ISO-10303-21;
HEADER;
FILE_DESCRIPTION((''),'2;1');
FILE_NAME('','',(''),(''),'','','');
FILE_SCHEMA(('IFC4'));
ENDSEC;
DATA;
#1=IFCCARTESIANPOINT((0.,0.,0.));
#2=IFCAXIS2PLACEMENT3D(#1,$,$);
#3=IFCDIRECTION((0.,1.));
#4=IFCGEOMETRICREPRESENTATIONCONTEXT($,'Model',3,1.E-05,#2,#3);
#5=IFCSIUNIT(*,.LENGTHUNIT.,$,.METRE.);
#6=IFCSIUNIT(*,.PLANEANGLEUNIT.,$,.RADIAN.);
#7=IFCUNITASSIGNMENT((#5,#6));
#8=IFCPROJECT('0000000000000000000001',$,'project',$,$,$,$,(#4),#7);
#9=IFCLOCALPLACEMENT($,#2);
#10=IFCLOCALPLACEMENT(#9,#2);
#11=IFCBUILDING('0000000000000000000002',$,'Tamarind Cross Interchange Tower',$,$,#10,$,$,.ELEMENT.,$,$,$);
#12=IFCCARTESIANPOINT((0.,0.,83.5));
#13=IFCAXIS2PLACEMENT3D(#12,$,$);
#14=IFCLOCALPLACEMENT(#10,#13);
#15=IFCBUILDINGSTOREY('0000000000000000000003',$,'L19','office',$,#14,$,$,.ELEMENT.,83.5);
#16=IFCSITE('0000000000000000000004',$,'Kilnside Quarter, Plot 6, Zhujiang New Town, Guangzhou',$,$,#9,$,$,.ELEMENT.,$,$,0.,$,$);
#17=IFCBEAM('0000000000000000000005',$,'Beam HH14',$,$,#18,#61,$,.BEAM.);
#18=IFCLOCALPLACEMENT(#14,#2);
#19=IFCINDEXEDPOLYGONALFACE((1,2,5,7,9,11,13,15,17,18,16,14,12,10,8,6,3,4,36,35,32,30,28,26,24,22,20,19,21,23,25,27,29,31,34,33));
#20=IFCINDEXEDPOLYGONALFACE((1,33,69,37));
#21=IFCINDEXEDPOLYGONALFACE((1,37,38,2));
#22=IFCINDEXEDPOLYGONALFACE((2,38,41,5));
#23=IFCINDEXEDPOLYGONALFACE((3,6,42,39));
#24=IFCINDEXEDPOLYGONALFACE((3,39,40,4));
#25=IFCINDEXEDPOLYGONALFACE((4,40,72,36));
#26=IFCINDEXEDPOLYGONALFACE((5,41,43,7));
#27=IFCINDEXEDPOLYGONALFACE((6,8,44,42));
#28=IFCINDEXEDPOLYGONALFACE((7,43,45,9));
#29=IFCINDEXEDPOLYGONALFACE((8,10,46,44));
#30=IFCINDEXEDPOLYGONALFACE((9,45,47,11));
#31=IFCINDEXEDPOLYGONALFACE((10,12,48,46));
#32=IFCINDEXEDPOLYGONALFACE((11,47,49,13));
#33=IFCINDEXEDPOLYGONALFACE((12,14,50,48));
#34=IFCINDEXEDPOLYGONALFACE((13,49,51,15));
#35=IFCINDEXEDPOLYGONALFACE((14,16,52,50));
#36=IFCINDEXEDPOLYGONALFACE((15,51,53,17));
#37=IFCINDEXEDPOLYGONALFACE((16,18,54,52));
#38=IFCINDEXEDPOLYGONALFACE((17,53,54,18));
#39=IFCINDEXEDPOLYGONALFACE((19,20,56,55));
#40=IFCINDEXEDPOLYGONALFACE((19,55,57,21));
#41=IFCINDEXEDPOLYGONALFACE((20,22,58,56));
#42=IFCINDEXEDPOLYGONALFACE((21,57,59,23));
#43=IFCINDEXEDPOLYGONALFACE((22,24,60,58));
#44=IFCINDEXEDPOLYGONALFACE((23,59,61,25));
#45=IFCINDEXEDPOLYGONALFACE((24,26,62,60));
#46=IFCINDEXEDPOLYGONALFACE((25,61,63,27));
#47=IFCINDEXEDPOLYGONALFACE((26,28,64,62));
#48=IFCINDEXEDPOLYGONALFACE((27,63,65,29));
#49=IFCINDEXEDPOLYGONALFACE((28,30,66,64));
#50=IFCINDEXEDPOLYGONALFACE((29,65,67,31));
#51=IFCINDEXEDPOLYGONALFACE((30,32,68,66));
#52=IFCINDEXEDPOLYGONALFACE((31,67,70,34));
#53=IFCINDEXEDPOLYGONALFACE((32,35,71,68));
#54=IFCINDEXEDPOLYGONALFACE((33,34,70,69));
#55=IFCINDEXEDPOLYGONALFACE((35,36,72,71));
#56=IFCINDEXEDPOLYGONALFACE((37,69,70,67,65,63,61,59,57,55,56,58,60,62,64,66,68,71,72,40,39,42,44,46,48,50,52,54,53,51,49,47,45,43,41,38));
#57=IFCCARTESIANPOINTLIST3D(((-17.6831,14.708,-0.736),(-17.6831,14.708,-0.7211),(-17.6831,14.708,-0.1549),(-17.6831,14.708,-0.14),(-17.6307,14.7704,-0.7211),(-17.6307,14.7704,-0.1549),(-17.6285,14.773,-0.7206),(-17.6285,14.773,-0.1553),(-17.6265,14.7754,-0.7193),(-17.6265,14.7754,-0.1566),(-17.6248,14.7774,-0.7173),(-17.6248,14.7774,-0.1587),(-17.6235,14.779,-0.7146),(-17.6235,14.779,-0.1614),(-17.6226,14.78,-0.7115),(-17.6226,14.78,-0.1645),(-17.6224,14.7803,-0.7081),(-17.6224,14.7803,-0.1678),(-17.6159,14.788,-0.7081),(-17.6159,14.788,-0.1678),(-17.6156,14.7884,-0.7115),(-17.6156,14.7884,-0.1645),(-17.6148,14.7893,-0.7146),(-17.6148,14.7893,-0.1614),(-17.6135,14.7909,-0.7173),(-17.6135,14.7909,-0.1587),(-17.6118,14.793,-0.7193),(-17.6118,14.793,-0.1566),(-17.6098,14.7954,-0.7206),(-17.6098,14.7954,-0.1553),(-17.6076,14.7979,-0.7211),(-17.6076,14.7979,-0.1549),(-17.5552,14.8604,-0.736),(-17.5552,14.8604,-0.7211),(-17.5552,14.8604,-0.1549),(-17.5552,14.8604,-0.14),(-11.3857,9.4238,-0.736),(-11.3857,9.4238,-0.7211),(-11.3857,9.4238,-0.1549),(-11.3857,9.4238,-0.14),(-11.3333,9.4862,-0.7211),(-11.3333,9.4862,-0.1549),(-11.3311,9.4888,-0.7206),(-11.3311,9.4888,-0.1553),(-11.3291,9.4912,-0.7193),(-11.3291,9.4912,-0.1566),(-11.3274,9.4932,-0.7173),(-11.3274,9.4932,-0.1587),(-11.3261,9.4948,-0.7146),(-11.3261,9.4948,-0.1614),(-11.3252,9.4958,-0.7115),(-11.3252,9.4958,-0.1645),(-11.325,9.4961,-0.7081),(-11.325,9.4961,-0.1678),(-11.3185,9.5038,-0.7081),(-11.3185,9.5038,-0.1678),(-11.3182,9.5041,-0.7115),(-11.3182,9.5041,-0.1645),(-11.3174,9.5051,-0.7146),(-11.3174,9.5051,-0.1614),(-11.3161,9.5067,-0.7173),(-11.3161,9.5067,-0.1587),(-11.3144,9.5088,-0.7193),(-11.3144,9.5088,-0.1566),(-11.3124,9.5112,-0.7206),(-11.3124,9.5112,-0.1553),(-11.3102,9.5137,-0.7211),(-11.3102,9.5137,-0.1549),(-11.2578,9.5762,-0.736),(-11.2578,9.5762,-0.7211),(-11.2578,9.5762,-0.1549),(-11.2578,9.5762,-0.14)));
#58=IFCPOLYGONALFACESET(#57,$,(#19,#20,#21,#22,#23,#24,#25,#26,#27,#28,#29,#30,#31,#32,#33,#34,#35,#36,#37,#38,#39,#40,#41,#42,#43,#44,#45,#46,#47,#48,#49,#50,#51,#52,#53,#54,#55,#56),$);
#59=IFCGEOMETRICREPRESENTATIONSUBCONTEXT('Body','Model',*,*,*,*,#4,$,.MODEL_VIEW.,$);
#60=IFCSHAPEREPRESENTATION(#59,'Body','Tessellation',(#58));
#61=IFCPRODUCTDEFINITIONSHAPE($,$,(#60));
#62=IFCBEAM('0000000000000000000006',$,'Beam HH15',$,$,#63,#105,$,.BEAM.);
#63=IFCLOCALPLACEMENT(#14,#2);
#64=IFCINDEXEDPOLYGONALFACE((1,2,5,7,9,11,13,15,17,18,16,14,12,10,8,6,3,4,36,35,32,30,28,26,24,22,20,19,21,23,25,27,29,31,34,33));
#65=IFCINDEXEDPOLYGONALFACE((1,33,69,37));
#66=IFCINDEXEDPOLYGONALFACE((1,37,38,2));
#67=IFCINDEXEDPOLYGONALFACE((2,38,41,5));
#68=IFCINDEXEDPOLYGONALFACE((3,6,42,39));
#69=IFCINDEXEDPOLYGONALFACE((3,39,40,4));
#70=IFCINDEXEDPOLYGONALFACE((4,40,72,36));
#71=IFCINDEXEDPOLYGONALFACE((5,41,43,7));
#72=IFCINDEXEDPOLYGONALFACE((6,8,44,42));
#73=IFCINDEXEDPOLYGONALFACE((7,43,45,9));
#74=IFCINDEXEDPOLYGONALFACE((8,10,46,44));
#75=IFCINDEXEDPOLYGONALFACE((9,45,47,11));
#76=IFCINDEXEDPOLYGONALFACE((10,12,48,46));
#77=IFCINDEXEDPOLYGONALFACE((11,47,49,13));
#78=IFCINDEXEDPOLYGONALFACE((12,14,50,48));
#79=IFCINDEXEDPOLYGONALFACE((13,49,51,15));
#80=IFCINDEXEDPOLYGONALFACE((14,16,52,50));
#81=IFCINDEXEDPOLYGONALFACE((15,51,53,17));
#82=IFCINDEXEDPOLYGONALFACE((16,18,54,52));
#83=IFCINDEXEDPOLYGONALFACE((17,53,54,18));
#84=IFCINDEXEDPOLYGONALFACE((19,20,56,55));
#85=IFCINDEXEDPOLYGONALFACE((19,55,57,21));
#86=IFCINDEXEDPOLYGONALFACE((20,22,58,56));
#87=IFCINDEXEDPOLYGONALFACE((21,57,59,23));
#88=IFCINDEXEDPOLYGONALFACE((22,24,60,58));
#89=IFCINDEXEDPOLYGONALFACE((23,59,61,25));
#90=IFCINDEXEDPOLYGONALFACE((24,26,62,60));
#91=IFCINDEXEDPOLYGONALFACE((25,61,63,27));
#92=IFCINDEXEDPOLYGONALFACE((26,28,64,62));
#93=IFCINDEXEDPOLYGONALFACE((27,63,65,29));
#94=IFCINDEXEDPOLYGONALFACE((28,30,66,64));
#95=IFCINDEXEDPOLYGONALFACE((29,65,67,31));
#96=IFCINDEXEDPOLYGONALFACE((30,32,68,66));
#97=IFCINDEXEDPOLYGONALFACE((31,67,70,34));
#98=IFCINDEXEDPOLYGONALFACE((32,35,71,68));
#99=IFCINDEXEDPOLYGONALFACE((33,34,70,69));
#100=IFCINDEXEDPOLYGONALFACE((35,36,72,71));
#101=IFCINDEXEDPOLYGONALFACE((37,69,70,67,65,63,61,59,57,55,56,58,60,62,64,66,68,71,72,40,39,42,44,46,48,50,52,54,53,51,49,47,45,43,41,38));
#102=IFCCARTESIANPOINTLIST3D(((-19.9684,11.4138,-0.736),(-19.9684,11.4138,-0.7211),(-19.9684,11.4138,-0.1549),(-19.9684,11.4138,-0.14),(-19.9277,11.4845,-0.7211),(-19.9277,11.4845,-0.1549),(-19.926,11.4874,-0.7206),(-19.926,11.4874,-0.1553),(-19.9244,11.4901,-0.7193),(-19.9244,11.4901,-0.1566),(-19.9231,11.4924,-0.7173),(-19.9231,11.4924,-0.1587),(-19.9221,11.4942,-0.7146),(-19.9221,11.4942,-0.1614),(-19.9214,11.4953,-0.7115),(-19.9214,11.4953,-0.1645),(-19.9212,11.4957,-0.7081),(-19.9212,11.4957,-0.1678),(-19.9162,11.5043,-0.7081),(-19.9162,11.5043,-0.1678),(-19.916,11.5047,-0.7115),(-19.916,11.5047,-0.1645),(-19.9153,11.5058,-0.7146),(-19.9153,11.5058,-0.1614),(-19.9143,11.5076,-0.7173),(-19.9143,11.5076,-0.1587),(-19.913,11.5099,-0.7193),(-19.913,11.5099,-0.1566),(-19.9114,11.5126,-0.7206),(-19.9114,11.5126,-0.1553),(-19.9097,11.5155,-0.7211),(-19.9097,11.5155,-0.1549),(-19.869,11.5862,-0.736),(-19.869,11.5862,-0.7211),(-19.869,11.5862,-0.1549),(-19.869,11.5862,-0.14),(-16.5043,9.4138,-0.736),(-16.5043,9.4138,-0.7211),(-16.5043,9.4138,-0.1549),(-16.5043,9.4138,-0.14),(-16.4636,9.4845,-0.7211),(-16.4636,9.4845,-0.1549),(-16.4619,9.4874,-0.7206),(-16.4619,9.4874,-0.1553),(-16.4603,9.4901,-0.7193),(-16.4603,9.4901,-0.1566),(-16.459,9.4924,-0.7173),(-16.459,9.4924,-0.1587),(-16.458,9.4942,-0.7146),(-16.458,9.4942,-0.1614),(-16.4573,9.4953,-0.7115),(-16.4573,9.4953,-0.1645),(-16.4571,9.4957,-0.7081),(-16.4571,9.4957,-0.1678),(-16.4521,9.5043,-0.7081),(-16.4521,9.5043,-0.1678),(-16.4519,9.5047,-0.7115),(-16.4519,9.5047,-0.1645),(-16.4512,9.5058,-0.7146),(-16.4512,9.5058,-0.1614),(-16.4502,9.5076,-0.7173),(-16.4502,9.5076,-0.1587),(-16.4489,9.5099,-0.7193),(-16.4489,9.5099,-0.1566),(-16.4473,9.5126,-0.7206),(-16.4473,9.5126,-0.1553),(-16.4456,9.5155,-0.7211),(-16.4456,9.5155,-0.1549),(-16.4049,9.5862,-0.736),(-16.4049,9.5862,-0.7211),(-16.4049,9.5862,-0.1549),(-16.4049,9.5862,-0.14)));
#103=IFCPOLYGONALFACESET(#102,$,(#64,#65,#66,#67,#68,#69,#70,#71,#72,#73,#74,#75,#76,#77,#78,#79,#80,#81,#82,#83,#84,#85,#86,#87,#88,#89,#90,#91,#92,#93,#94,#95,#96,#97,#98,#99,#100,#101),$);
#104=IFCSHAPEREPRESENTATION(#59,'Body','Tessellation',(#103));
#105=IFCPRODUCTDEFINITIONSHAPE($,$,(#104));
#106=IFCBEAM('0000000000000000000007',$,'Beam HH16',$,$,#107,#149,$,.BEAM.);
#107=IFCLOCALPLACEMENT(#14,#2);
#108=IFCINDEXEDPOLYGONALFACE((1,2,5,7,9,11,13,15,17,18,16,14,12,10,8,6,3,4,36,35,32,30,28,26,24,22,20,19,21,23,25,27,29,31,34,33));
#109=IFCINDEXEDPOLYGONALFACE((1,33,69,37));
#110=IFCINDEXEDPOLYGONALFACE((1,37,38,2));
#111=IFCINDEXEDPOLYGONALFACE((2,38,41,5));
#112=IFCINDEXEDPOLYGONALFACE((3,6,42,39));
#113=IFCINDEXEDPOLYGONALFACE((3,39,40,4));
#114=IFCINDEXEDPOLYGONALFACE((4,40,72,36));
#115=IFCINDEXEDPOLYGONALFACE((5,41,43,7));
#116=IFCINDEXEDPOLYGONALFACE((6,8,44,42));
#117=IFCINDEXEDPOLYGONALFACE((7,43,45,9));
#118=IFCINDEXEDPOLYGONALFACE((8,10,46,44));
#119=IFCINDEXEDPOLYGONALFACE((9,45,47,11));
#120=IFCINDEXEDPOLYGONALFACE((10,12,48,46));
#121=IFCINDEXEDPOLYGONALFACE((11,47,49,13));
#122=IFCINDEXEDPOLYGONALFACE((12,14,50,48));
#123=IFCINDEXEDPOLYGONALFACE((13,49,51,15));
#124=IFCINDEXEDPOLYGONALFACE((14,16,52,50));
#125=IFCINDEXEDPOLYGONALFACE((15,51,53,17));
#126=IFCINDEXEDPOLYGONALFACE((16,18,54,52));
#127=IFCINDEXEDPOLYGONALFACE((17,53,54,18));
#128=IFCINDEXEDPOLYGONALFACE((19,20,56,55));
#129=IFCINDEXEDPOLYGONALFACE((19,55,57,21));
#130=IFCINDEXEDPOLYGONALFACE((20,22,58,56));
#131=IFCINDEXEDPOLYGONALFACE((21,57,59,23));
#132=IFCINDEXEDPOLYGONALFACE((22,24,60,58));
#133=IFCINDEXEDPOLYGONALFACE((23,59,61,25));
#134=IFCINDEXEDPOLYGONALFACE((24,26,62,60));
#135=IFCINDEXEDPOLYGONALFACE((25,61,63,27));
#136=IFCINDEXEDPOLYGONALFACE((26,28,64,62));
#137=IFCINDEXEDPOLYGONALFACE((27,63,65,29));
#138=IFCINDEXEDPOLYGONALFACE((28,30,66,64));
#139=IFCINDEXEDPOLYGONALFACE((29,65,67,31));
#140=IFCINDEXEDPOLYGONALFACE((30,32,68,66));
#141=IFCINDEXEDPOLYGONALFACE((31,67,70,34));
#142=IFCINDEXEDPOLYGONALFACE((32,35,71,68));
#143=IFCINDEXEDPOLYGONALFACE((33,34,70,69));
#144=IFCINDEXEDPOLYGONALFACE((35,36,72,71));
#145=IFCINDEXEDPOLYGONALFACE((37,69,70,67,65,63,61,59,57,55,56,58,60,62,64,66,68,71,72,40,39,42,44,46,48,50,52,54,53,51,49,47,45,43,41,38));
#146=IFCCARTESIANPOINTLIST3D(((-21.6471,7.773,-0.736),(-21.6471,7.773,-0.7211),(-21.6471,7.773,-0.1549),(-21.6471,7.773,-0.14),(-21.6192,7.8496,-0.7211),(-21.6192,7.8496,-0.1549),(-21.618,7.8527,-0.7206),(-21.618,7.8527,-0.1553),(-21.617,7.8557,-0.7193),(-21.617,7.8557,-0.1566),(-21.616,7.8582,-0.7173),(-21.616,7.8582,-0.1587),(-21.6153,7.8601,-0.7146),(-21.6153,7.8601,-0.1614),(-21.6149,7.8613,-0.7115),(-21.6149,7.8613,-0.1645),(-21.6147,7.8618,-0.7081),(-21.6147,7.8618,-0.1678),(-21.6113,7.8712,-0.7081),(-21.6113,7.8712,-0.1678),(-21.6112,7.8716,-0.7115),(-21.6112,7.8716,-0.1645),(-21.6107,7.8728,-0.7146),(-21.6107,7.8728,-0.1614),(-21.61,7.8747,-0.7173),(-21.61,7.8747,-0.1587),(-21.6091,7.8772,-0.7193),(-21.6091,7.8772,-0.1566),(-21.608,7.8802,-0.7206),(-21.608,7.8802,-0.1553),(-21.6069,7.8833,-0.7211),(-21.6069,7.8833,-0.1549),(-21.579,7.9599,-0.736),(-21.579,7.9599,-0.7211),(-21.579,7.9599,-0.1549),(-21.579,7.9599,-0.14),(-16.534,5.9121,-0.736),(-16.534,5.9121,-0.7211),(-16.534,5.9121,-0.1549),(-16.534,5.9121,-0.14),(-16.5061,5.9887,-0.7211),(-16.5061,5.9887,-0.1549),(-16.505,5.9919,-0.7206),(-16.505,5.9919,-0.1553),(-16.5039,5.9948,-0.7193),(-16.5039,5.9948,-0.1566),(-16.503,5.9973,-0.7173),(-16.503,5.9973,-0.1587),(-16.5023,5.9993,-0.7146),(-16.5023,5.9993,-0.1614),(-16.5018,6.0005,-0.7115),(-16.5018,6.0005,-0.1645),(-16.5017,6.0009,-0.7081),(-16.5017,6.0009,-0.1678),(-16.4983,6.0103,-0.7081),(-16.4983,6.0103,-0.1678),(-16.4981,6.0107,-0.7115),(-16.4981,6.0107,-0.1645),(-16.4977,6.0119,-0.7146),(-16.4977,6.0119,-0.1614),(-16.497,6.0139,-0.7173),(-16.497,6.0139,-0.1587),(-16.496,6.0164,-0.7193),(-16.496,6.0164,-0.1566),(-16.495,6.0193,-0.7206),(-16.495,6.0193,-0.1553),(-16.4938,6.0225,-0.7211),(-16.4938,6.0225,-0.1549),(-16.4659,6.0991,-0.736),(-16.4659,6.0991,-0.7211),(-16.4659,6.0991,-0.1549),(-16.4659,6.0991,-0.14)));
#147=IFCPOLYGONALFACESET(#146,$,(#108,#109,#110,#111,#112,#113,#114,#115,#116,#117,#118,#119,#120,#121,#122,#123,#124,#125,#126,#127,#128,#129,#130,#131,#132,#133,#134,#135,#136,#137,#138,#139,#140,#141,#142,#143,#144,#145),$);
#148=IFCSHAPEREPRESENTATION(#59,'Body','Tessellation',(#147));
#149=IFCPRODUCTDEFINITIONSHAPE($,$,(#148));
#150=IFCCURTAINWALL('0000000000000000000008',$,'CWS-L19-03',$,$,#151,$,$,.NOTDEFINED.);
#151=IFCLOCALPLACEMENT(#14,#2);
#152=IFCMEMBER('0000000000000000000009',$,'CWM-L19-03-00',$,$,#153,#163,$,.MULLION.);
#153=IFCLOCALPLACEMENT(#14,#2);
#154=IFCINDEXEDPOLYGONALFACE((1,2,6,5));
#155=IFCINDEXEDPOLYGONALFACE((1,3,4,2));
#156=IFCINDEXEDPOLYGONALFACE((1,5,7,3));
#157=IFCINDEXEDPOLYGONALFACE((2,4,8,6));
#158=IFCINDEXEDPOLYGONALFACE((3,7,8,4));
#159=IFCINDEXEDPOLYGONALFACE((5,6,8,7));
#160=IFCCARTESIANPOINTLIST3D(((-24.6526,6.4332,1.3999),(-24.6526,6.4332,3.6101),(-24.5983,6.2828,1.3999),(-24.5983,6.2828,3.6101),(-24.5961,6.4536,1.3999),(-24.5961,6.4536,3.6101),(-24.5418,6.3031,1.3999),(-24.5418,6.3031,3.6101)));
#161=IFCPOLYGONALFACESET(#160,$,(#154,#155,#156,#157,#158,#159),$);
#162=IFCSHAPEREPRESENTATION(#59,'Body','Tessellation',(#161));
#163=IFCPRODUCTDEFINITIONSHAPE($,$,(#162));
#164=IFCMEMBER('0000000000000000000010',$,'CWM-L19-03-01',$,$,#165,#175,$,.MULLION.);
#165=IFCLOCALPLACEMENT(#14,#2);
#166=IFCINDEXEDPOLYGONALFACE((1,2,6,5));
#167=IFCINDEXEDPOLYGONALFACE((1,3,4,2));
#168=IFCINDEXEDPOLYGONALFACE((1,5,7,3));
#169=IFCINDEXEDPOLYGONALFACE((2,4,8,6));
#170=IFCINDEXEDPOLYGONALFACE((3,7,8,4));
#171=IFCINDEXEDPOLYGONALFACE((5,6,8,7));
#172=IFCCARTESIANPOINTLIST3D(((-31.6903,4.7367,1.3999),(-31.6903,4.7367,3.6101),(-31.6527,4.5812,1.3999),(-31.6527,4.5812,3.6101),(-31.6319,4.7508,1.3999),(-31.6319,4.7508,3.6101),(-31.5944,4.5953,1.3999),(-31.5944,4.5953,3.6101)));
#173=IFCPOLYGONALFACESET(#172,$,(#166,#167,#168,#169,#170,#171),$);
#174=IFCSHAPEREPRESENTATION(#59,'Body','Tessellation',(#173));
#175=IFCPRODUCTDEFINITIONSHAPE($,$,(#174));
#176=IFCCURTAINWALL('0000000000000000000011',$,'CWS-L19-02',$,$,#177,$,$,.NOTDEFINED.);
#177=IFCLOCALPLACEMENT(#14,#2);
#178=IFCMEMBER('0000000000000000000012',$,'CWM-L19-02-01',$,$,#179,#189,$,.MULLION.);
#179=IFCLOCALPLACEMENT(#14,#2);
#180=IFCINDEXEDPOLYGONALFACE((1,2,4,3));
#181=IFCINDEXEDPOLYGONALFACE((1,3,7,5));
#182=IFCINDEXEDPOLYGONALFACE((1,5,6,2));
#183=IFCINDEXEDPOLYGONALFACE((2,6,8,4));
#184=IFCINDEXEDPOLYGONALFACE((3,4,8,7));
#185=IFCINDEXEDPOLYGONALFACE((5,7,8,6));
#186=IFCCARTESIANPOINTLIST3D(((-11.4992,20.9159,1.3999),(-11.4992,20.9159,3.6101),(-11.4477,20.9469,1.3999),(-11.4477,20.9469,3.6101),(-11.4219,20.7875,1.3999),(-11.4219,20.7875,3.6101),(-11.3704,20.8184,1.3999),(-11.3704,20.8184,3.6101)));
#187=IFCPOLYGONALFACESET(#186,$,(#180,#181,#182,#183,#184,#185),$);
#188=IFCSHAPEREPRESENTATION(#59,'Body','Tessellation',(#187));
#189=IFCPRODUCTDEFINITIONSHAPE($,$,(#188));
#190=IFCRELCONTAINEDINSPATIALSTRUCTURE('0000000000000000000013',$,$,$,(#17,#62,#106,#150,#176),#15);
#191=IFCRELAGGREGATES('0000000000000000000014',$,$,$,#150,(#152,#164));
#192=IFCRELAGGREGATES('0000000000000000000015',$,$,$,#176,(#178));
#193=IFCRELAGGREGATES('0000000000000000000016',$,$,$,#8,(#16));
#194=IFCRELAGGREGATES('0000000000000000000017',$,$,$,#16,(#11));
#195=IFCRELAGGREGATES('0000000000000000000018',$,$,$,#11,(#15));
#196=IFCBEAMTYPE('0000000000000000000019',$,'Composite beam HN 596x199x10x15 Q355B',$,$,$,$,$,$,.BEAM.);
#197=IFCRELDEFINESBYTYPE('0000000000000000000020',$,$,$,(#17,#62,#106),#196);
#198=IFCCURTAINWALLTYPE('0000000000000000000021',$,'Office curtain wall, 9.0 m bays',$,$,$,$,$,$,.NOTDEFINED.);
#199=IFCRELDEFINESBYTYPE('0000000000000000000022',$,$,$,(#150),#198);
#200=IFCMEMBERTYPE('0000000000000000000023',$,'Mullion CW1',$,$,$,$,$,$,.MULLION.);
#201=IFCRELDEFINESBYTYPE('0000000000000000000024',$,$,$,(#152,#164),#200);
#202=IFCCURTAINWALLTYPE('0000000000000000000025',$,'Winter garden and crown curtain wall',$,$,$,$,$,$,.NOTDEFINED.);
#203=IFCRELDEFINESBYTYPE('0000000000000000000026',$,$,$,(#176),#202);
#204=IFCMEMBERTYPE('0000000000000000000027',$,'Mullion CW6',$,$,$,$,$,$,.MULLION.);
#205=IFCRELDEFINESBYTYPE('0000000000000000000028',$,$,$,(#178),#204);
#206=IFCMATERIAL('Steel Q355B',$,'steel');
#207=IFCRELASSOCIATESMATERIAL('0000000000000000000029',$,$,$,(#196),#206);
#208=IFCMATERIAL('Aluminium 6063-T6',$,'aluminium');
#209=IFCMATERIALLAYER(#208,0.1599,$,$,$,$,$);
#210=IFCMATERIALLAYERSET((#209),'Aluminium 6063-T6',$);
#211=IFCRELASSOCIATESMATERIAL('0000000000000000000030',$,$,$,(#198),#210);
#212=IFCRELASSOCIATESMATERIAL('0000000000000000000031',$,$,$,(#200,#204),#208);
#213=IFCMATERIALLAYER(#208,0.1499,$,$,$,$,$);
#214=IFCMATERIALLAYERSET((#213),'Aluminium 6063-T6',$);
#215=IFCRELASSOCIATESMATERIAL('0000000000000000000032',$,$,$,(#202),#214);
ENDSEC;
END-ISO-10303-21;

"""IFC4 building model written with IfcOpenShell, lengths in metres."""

from ifc_helpers import new_model, si_unit, direction, frame, origin, origin_2d, place, context, subcontext, project, spatial, rectangle, i_section, extrude, material, layer, layer_set, material_profile, profile_set, type_object, element, aggregate, save


model = new_model("IFC4")

# Units and contexts
model_context = context("Model", 3, precision=1e-05, world=origin(), true_north=direction((0.0, 1.0)))
body_context = subcontext(model_context, "Body", "Model", "MODEL_VIEW")
ifc_project = project(units=[si_unit("LENGTHUNIT", "METRE"), si_unit("PLANEANGLEUNIT", "RADIAN")], contexts=[model_context])

# Site, building, storey
site_placement = place(None, origin())
site = spatial("IfcSite", under=ifc_project, at=site_placement, Name="Kilnside Quarter, Plot 6, Zhujiang New Town, Guangzhou", CompositionType="ELEMENT", RefElevation=0.0)
building_placement = place(site_placement, origin())
building = spatial("IfcBuilding", under=site, at=building_placement, Name="Tamarind Cross Interchange Tower", CompositionType="ELEMENT")
storey_placement = place(building_placement, frame((0.0, 0.0, 83.5)))
storey = spatial("IfcBuildingStorey", under=building, at=storey_placement, Name="L19", Description="office", CompositionType="ELEMENT", Elevation=83.5)

# Beams
ifc_material_1 = material(Name="Steel Q355B", Category="steel")
ifc_material_profile_1 = material_profile(ifc_material_1, i_section(OverallWidth=0.199, OverallDepth=0.5959, WebThickness=0.01, FlangeThickness=0.0149, FilletRadius=0.0129, at=origin_2d()), Name="HN 596x199x10x15")
ifc_profile_set_1 = profile_set([ifc_material_profile_1], Name="Steel Q355B")
beam_type_1 = type_object("IfcBeamType", Name="Composite beam HN 596x199x10x15 Q355B", PredefinedType="BEAM", material=ifc_profile_set_1)
beam_1_placement = place(storey_placement, frame((-17.6191, 14.7842, -0.438), z_axis=(0.766041, -0.642792, 0.0), x_axis=(0.642792, 0.766041, 0.0)))
element("IfcBeam", 1, at=beam_1_placement, inside=storey, type_object=beam_type_1, Name="Beam HH14", PredefinedType="BEAM", context=body_context, shape_type="SweptSolid", body=[
    extrude(i_section(OverallWidth=0.199, OverallDepth=0.5959, WebThickness=0.01, FlangeThickness=0.0149, FilletRadius=0.0129, at=origin_2d()), origin(), (0.0, 0.0, 1.0), 8.2207),
])
beam_2_placement = place(storey_placement, frame((-19.9187, 11.5, -0.438), z_axis=(0.866026, -0.499999, 0.0), x_axis=(0.499999, 0.866026, 0.0)))
element("IfcBeam", 2, at=beam_2_placement, inside=storey, type_object=beam_type_1, Name="Beam HH15", PredefinedType="BEAM", context=body_context, shape_type="SweptSolid", body=[
    extrude(i_section(OverallWidth=0.199, OverallDepth=0.5959, WebThickness=0.01, FlangeThickness=0.0149, FilletRadius=0.0129, at=origin_2d()), origin(), (0.0, 0.0, 1.0), 4.0),
])
beam_3_placement = place(storey_placement, frame((-21.613, 7.8665, -0.438), z_axis=(0.939702, -0.341995, 0.0), x_axis=(0.341995, 0.939702, 0.0)))
element("IfcBeam", 3, at=beam_3_placement, inside=storey, type_object=beam_type_1, Name="Beam HH16", PredefinedType="BEAM", context=body_context, shape_type="SweptSolid", body=[
    extrude(i_section(OverallWidth=0.199, OverallDepth=0.5959, WebThickness=0.01, FlangeThickness=0.0149, FilletRadius=0.0129, at=origin_2d()), origin(), (0.0, 0.0, 1.0), 5.4412),
])

# Curtain walls, members
ifc_material_2 = material(Name="Aluminium 6063-T6", Category="aluminium")
ifc_layer_1 = layer(ifc_material_2, 0.1599)
ifc_layer_set_1 = layer_set([ifc_layer_1], Name="Aluminium 6063-T6")
curtain_wall_type_1 = type_object("IfcCurtainWallType", Name="Office curtain wall, 9.0 m bays", PredefinedType="NOTDEFINED", material=ifc_layer_set_1)
curtain_wall_1_placement = place(storey_placement, origin())
curtain_wall_1 = element("IfcCurtainWall", 4, at=curtain_wall_1_placement, inside=storey, type_object=curtain_wall_type_1, Name="CWS-L19-03", PredefinedType="NOTDEFINED")
ifc_material_profile_2 = material_profile(ifc_material_2, rectangle(XDim=0.0601, YDim=0.1599, at=origin_2d()), Name="Mullion CW1")
ifc_profile_set_2 = profile_set([ifc_material_profile_2], Name="Aluminium 6063-T6")
member_type_1 = type_object("IfcMemberType", Name="Mullion CW1", PredefinedType="MULLION", material=ifc_profile_set_2)
member_1_placement = place(storey_placement, frame((-24.5972, 6.3682, 1.3999), z_axis=(0.0, 0.0, 1.0), x_axis=(-0.94064, -0.339405, 0.0)))
member_1 = element("IfcMember", 5, at=member_1_placement, type_object=member_type_1, Name="CWM-L19-03-00", PredefinedType="MULLION", context=body_context, shape_type="SweptSolid", body=[
    extrude(rectangle(XDim=0.0601, YDim=0.1599, at=origin_2d()), origin(), (0.0, 0.0, 1.0), 2.2102),
])
member_2_placement = place(storey_placement, frame((-31.6423, 4.666, 1.3999), z_axis=(0.0, 0.0, 1.0), x_axis=(-0.972033, -0.234844, 0.0)))
member_2 = element("IfcMember", 6, at=member_2_placement, type_object=member_type_1, Name="CWM-L19-03-01", PredefinedType="MULLION", context=body_context, shape_type="SweptSolid", body=[
    extrude(rectangle(XDim=0.0601, YDim=0.1599, at=origin_2d()), origin(), (0.0, 0.0, 1.0), 2.2102),
])
aggregate(curtain_wall_1, [member_1, member_2])
ifc_layer_2 = layer(ifc_material_2, 0.1499)
ifc_layer_set_2 = layer_set([ifc_layer_2], Name="Aluminium 6063-T6")
curtain_wall_type_2 = type_object("IfcCurtainWallType", Name="Winter garden and crown curtain wall", PredefinedType="NOTDEFINED", material=ifc_layer_set_2)
curtain_wall_2_placement = place(storey_placement, origin())
curtain_wall_2 = element("IfcCurtainWall", 7, at=curtain_wall_2_placement, inside=storey, type_object=curtain_wall_type_2, Name="CWS-L19-02", PredefinedType="NOTDEFINED")
ifc_material_profile_3 = material_profile(ifc_material_2, rectangle(XDim=0.0601, YDim=0.1499, at=origin_2d()), Name="Mullion CW6")
ifc_profile_set_3 = profile_set([ifc_material_profile_3], Name="Aluminium 6063-T6")
member_type_2 = type_object("IfcMemberType", Name="Mullion CW6", PredefinedType="MULLION", material=ifc_profile_set_3)
member_3_placement = place(storey_placement, frame((-11.4348, 20.8672, 1.3999), z_axis=(0.0, 0.0, 1.0), x_axis=(-0.856843, -0.515577, 0.0)))
member_3 = element("IfcMember", 8, at=member_3_placement, type_object=member_type_2, Name="CWM-L19-02-01", PredefinedType="MULLION", context=body_context, shape_type="SweptSolid", body=[
    extrude(rectangle(XDim=0.0601, YDim=0.1499, at=origin_2d()), origin(), (0.0, 0.0, 1.0), 2.2102),
])
aggregate(curtain_wall_2, [member_3])

save(model, "model.ifc")
